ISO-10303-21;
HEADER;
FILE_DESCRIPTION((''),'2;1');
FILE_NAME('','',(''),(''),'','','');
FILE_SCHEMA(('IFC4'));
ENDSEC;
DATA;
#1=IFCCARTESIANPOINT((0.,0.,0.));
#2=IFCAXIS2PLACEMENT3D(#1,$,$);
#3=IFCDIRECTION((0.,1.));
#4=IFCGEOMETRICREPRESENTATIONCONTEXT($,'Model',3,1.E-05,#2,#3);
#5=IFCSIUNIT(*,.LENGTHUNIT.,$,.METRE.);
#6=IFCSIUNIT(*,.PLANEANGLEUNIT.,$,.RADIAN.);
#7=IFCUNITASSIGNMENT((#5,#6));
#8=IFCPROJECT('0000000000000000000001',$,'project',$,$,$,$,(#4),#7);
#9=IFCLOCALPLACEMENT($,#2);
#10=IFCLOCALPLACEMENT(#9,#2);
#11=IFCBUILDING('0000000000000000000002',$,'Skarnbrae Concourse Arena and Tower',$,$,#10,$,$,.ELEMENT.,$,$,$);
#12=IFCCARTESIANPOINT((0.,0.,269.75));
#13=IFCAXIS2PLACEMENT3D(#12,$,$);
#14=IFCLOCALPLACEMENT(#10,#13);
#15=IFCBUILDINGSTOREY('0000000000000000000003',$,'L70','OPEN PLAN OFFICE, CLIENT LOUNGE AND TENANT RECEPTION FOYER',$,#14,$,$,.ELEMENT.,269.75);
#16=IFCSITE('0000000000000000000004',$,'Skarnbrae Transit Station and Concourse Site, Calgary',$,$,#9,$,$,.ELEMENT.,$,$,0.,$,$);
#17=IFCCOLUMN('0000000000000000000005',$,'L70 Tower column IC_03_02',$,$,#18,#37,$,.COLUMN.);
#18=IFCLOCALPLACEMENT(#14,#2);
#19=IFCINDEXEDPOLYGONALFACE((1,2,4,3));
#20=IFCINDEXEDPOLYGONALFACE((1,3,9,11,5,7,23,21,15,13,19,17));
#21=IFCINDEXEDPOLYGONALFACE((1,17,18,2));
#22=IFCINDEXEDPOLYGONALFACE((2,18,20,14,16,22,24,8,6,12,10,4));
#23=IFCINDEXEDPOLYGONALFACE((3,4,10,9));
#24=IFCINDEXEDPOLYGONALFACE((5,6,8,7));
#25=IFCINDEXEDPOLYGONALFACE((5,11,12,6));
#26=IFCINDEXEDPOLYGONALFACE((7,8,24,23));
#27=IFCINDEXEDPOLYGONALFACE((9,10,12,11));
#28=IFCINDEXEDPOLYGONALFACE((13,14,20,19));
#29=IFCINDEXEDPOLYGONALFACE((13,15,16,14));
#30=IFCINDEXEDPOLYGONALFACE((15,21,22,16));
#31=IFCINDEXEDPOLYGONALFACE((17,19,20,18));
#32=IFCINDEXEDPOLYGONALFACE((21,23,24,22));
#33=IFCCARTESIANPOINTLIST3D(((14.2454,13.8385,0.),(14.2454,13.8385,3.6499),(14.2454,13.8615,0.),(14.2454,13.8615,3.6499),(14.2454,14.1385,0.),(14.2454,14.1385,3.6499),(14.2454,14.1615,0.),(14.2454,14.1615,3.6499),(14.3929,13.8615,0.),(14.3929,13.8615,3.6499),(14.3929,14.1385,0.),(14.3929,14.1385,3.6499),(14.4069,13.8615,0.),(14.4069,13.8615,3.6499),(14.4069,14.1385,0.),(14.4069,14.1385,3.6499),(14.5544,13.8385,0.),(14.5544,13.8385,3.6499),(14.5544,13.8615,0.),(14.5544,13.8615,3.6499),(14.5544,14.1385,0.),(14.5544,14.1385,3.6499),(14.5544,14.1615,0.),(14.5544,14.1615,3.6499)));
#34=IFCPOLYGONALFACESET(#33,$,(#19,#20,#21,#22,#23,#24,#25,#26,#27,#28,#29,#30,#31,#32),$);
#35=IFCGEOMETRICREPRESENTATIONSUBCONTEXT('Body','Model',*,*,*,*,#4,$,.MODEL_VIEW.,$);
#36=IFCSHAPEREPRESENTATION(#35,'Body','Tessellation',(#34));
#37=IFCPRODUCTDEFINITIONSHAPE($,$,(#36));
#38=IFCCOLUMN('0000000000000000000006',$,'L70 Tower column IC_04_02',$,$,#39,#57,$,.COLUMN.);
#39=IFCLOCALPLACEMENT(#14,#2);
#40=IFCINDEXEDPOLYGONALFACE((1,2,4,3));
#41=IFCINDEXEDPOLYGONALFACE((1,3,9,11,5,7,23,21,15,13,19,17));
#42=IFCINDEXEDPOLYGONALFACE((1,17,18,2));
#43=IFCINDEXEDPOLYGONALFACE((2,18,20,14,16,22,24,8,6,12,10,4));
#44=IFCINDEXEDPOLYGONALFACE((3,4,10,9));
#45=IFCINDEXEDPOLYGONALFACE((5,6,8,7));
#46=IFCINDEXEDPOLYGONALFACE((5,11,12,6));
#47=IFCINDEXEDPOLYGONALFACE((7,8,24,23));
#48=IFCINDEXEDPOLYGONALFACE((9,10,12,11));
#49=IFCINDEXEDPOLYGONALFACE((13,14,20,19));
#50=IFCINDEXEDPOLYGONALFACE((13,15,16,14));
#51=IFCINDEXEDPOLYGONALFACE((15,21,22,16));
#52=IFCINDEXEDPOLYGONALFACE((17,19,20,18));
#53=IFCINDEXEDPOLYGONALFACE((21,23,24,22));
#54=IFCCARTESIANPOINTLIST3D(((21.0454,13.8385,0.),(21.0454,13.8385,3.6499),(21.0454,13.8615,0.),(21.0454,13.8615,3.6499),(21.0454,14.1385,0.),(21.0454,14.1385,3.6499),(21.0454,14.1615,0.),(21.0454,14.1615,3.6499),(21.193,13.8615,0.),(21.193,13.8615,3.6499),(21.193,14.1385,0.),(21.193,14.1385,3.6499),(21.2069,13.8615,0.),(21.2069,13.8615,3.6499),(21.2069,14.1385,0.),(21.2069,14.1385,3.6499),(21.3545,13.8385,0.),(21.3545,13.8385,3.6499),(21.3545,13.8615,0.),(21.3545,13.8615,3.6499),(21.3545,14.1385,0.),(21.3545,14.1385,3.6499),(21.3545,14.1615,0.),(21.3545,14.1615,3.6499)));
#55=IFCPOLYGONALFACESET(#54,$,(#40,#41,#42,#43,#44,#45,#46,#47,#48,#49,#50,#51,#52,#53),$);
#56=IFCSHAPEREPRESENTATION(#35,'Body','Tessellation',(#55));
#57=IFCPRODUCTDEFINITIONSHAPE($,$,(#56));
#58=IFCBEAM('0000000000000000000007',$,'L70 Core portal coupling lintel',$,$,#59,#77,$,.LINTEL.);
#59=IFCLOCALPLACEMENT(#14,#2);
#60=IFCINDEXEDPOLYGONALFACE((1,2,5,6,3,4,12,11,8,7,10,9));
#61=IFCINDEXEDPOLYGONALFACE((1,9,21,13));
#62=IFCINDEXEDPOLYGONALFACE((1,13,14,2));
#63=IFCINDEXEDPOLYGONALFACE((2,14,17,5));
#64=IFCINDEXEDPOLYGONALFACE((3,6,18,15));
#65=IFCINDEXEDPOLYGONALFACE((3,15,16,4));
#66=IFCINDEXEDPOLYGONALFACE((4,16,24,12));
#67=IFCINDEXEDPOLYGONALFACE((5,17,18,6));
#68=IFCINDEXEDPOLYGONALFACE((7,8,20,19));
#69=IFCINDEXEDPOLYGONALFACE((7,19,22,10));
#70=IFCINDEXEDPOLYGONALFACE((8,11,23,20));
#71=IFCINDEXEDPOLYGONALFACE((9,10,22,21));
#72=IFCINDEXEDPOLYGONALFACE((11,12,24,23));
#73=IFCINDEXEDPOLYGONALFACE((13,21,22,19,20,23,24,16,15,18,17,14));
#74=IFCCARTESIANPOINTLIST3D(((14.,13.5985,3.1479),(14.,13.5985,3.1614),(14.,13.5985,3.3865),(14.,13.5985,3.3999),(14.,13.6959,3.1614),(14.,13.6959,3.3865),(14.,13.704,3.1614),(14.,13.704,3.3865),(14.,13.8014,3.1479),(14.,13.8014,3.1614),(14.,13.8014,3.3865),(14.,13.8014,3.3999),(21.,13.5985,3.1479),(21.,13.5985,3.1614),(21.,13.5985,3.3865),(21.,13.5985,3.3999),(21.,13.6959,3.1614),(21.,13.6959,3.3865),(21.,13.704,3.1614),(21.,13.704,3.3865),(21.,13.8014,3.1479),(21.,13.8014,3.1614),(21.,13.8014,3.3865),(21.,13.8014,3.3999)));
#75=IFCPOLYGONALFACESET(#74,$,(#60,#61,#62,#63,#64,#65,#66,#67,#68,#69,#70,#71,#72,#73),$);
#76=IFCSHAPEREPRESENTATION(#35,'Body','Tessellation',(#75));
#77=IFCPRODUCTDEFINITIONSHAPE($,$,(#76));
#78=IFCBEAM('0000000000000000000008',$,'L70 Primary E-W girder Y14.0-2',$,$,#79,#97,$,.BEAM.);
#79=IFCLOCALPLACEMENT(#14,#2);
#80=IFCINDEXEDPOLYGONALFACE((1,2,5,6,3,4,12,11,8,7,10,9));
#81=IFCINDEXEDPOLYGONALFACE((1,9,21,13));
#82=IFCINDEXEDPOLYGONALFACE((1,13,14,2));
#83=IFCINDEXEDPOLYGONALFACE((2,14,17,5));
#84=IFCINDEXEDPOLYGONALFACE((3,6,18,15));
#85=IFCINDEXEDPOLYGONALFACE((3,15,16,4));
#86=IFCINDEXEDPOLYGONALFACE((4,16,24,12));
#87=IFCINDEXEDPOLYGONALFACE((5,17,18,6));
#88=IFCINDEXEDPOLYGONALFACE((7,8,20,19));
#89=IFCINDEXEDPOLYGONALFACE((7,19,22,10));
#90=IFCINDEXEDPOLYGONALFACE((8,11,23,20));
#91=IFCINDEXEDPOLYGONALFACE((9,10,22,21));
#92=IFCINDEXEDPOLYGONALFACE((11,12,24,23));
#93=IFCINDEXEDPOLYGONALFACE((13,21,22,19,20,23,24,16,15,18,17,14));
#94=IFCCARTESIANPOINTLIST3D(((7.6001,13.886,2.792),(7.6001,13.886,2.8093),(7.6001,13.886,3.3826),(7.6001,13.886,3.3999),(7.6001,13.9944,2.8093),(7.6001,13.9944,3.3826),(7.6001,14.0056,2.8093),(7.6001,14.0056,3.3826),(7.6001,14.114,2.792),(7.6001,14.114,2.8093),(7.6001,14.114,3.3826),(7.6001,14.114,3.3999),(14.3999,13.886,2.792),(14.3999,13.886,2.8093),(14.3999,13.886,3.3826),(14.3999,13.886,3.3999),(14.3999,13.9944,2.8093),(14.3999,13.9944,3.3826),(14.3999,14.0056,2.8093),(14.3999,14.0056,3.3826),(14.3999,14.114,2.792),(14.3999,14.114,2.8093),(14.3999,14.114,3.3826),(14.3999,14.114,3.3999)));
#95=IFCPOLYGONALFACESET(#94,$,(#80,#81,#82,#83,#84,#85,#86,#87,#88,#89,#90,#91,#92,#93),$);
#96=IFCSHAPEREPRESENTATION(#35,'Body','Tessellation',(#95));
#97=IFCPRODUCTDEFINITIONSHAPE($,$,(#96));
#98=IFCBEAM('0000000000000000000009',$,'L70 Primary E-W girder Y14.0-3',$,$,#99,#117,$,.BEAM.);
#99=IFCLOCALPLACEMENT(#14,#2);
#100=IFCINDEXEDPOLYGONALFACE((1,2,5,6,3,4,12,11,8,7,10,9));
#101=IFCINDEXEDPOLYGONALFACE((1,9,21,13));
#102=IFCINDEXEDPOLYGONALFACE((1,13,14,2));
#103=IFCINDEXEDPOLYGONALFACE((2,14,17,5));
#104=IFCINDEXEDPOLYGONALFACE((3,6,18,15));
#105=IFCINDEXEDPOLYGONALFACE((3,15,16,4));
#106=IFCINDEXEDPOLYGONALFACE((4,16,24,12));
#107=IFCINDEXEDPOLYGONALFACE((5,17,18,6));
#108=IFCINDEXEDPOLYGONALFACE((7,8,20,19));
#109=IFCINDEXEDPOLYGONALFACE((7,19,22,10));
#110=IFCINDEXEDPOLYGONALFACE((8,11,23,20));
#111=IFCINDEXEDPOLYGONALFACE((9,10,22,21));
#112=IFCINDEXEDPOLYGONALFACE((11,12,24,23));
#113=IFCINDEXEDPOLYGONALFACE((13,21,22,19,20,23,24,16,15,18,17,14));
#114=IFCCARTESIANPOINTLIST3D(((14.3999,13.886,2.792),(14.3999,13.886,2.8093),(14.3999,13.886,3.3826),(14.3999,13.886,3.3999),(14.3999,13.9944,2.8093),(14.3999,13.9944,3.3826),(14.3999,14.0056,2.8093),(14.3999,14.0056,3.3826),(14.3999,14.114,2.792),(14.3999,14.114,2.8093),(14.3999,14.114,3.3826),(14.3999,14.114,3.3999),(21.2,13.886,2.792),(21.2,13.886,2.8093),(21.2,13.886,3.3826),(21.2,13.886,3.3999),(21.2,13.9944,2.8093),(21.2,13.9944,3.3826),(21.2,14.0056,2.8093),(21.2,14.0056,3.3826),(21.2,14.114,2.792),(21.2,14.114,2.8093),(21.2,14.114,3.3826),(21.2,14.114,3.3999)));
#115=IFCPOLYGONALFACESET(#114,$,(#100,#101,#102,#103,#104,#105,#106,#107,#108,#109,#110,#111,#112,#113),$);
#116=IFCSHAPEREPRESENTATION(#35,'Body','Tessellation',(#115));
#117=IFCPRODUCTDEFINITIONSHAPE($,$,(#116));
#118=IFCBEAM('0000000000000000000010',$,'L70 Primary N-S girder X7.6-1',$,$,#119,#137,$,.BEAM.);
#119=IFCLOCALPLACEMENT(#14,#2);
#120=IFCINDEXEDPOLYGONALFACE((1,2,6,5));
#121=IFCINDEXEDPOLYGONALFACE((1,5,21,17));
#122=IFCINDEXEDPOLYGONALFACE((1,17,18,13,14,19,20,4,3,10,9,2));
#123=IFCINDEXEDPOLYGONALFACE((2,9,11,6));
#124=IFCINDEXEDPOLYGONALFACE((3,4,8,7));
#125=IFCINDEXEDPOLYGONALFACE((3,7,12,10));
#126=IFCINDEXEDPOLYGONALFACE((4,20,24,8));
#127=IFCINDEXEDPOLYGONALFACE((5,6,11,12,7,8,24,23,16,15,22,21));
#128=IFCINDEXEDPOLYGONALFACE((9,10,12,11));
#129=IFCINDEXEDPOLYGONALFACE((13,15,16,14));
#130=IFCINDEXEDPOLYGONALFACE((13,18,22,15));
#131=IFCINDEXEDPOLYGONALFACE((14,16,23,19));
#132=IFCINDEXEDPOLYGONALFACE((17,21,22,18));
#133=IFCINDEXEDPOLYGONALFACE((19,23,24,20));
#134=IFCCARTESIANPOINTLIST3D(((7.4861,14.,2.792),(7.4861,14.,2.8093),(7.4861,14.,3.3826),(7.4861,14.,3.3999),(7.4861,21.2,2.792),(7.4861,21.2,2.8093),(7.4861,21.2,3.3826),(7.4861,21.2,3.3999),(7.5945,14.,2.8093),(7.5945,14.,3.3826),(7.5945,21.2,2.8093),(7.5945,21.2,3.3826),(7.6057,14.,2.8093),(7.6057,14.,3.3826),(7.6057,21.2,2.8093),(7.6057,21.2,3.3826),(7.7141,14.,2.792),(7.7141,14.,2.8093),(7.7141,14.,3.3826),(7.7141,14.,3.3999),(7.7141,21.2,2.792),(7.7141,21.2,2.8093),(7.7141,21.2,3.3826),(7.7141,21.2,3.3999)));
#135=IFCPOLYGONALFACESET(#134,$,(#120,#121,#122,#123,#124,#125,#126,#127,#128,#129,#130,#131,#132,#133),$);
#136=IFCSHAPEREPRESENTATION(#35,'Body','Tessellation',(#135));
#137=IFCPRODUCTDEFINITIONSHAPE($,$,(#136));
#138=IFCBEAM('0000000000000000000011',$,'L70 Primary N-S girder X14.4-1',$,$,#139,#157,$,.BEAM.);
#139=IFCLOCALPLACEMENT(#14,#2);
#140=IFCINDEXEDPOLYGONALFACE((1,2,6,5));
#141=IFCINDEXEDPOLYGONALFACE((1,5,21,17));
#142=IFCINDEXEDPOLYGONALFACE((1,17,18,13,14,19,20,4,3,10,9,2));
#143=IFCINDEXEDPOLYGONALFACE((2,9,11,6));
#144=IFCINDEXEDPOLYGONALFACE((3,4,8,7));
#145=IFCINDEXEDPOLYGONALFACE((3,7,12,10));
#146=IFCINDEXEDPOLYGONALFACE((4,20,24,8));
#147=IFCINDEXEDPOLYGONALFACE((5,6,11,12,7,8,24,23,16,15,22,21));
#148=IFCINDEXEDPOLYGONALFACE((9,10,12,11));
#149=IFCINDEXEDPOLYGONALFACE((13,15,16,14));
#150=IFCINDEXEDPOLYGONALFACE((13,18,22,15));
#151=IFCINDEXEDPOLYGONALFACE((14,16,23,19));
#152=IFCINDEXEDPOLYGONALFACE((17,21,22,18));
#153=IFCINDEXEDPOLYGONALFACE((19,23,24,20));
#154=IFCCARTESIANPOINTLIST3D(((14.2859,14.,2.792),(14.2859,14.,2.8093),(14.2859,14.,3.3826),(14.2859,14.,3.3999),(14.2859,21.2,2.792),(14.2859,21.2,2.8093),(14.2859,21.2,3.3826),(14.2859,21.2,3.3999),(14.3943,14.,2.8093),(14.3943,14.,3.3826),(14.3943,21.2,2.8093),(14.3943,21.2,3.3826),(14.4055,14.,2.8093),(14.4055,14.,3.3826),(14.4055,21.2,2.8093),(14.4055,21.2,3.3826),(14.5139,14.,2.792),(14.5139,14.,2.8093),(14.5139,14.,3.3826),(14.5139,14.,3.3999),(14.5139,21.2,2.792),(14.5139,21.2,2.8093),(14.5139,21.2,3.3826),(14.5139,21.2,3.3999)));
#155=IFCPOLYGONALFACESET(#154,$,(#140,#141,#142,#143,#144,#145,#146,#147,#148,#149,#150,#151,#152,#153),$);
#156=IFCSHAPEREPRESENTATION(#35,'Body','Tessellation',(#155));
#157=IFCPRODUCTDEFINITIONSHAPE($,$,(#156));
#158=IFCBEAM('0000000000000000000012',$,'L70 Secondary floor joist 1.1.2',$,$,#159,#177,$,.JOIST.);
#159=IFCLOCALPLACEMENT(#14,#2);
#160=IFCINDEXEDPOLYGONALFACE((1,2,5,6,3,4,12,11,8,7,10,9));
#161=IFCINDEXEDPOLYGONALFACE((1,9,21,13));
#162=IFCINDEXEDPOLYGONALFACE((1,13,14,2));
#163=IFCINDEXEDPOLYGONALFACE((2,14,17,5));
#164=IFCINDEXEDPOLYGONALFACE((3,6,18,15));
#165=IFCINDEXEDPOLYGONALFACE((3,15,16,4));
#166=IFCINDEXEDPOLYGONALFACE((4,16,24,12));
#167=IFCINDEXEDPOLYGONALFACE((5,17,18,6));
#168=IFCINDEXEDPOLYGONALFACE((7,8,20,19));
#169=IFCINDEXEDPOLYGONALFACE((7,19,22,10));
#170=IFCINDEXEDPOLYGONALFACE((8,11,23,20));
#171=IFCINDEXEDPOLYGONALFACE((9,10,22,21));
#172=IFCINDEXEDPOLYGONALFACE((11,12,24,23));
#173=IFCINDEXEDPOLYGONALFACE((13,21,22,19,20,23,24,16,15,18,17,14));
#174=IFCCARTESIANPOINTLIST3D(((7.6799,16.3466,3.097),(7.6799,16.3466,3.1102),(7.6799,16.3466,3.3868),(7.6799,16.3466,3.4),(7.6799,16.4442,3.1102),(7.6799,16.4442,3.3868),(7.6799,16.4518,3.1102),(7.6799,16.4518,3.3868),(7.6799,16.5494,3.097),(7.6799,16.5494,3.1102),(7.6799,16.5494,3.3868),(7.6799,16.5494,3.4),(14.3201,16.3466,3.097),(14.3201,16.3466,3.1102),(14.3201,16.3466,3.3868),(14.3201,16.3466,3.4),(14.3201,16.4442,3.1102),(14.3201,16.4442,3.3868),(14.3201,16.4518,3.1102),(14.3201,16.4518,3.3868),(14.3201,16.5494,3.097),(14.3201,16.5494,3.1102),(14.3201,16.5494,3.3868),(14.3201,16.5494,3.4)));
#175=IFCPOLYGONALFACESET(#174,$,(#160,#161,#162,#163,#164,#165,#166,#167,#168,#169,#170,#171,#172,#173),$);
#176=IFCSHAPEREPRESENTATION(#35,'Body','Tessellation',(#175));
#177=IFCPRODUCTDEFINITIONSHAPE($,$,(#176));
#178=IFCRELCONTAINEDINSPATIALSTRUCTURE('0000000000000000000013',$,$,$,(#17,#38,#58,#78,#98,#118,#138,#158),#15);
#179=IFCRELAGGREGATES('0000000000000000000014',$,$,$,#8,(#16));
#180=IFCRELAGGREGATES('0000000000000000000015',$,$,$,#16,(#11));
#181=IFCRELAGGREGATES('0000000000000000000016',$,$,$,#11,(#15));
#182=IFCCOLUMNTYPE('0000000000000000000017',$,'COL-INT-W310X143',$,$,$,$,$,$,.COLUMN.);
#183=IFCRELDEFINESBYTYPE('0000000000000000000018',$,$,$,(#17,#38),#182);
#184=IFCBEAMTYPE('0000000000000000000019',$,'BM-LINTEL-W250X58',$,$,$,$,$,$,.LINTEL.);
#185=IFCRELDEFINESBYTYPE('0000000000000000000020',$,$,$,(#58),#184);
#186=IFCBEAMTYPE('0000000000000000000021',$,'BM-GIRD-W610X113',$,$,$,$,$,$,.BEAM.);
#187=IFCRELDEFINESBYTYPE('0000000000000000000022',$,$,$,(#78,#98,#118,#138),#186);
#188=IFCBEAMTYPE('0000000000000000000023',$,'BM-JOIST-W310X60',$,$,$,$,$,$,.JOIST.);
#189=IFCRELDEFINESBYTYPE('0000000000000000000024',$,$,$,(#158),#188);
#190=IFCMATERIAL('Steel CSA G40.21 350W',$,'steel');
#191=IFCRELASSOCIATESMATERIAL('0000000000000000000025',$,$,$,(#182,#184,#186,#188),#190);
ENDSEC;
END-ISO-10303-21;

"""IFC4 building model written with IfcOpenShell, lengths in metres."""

from ifc_helpers import new_model, si_unit, direction, frame, origin, origin_2d, place, context, subcontext, project, spatial, i_section, extrude, source, transform, mapped, material, material_profile, profile_set, type_object, element, save


model = new_model("IFC4")

# Units and contexts
model_context = context("Model", 3, precision=1e-05, world=origin(), true_north=direction((0.0, 1.0)))
body_context = subcontext(model_context, "Body", "Model", "MODEL_VIEW")
ifc_project = project(units=[si_unit("LENGTHUNIT", "METRE"), si_unit("PLANEANGLEUNIT", "RADIAN")], contexts=[model_context])

# Site, building, storey
site_placement = place(None, origin())
site = spatial("IfcSite", under=ifc_project, at=site_placement, Name="Skarnbrae Transit Station and Concourse Site, Calgary", CompositionType="ELEMENT", RefElevation=0.0)
building_placement = place(site_placement, origin())
building = spatial("IfcBuilding", under=site, at=building_placement, Name="Skarnbrae Concourse Arena and Tower", CompositionType="ELEMENT")
storey_placement = place(building_placement, frame((0.0, 0.0, 269.75)))
storey = spatial("IfcBuildingStorey", under=building, at=storey_placement, Name="L70", Description="OPEN PLAN OFFICE, CLIENT LOUNGE AND TENANT RECEPTION FOYER", CompositionType="ELEMENT", Elevation=269.75)

# Columns
ifc_material_1 = material(Name="Steel CSA G40.21 350W", Category="steel")
ifc_material_profile_1 = material_profile(ifc_material_1, i_section(OverallWidth=0.3091, OverallDepth=0.323, WebThickness=0.0139, FlangeThickness=0.0229, at=origin_2d()), Name="W310X143")
ifc_profile_set_1 = profile_set([ifc_material_profile_1], Name="Steel CSA G40.21 350W")
column_type = type_object("IfcColumnType", Name="COL-INT-W310X143", PredefinedType="COLUMN", material=ifc_profile_set_1)
shared_shape_1 = source(origin(), body_context, "Body", "SweptSolid", [
    extrude(i_section(OverallWidth=0.3091, OverallDepth=0.323, WebThickness=0.0139, FlangeThickness=0.0229, at=origin_2d()), origin(), (0.0, 0.0, 1.0), 3.6499),
])
for number, where, z_axis, x_axis, name in (
    (1, (14.3999, 14.0, 0.0), (0.0, 0.0, 1.0), (1.0, 0.0, 0.0), "L70 Tower column IC_03_02"),
    (2, (21.2, 14.0, 0.0), (0.0, 0.0, 1.0), (1.0, 0.0, 0.0), "L70 Tower column IC_04_02"),
):
    element("IfcColumn", number, at=place(storey_placement, frame(where, z_axis=z_axis, x_axis=x_axis)), inside=storey, type_object=column_type, Name=name, PredefinedType="COLUMN", context=body_context, shape_type="MappedRepresentation", body=[
        mapped(shared_shape_1, transform((0.0, 0.0, 0.0))),
    ])

# Beams
ifc_material_profile_2 = material_profile(ifc_material_1, i_section(OverallWidth=0.2029, OverallDepth=0.252, WebThickness=0.0081, FlangeThickness=0.0134, at=origin_2d()), Name="W250X58")
ifc_profile_set_2 = profile_set([ifc_material_profile_2], Name="Steel CSA G40.21 350W")
beam_type_1 = type_object("IfcBeamType", Name="BM-LINTEL-W250X58", PredefinedType="LINTEL", material=ifc_profile_set_2)
shared_shape_2 = source(origin(), body_context, "Body", "SweptSolid", [
    extrude(i_section(OverallWidth=0.2029, OverallDepth=0.252, WebThickness=0.0081, FlangeThickness=0.0134, at=origin_2d()), origin(), (0.0, 0.0, 1.0), 7.0),
])
beam_1_placement = place(storey_placement, frame((14.0, 13.7, 3.2739), z_axis=(1.0, 0.0, 0.0), x_axis=(0.0, 1.0, 0.0)))
element("IfcBeam", 3, at=beam_1_placement, inside=storey, type_object=beam_type_1, Name="L70 Core portal coupling lintel", PredefinedType="LINTEL", context=body_context, shape_type="MappedRepresentation", body=[
    mapped(shared_shape_2, transform((0.0, 0.0, 0.0))),
])
ifc_material_profile_3 = material_profile(ifc_material_1, i_section(OverallWidth=0.228, OverallDepth=0.6079, WebThickness=0.0112, FlangeThickness=0.0173, at=origin_2d()), Name="W610X113")
ifc_profile_set_3 = profile_set([ifc_material_profile_3], Name="Steel CSA G40.21 350W")
beam_type_2 = type_object("IfcBeamType", Name="BM-GIRD-W610X113", PredefinedType="BEAM", material=ifc_profile_set_3)
shared_shape_3 = source(origin(), body_context, "Body", "SweptSolid", [
    extrude(i_section(OverallWidth=0.228, OverallDepth=0.6079, WebThickness=0.0112, FlangeThickness=0.0173, at=origin_2d()), origin(), (0.0, 0.0, 1.0), 6.7998),
])
beam_2_placement = place(storey_placement, frame((7.6001, 14.0, 3.0959), z_axis=(1.0, 0.0, 0.0), x_axis=(0.0, 1.0, 0.0)))
element("IfcBeam", 4, at=beam_2_placement, inside=storey, type_object=beam_type_2, Name="L70 Primary E-W girder Y14.0-2", PredefinedType="BEAM", context=body_context, shape_type="MappedRepresentation", body=[
    mapped(shared_shape_3, transform((0.0, 0.0, 0.0))),
])
shared_shape_4 = source(origin(), body_context, "Body", "SweptSolid", [
    extrude(i_section(OverallWidth=0.228, OverallDepth=0.6079, WebThickness=0.0112, FlangeThickness=0.0173, at=origin_2d()), origin(), (0.0, 0.0, 1.0), 6.8),
])
beam_3_placement = place(storey_placement, frame((14.3999, 14.0, 3.0959), z_axis=(1.0, 0.0, 0.0), x_axis=(0.0, 1.0, 0.0)))
element("IfcBeam", 5, at=beam_3_placement, inside=storey, type_object=beam_type_2, Name="L70 Primary E-W girder Y14.0-3", PredefinedType="BEAM", context=body_context, shape_type="MappedRepresentation", body=[
    mapped(shared_shape_4, transform((0.0, 0.0, 0.0))),
])
shared_shape_5 = source(origin(), body_context, "Body", "SweptSolid", [
    extrude(i_section(OverallWidth=0.228, OverallDepth=0.6079, WebThickness=0.0112, FlangeThickness=0.0173, at=origin_2d()), origin(), (0.0, 0.0, 1.0), 7.2),
])
for number, where, z_axis, x_axis, name in (
    (6, (7.6001, 14.0, 3.0959), (0.0, 1.0, 0.0), (-1.0, 0.0, 0.0), "L70 Primary N-S girder X7.6-1"),
    (7, (14.3999, 14.0, 3.0959), (0.0, 1.0, 0.0), (-1.0, 0.0, 0.0), "L70 Primary N-S girder X14.4-1"),
):
    element("IfcBeam", number, at=place(storey_placement, frame(where, z_axis=z_axis, x_axis=x_axis)), inside=storey, type_object=beam_type_2, Name=name, PredefinedType="BEAM", context=body_context, shape_type="MappedRepresentation", body=[
        mapped(shared_shape_5, transform((0.0, 0.0, 0.0))),
    ])
ifc_material_profile_4 = material_profile(ifc_material_1, i_section(OverallWidth=0.2029, OverallDepth=0.303, WebThickness=0.0076, FlangeThickness=0.0132, at=origin_2d()), Name="W310X60")
ifc_profile_set_4 = profile_set([ifc_material_profile_4], Name="Steel CSA G40.21 350W")
beam_type_3 = type_object("IfcBeamType", Name="BM-JOIST-W310X60", PredefinedType="JOIST", material=ifc_profile_set_4)
shared_shape_6 = source(origin(), body_context, "Body", "SweptSolid", [
    extrude(i_section(OverallWidth=0.2029, OverallDepth=0.303, WebThickness=0.0076, FlangeThickness=0.0132, at=origin_2d()), origin(), (0.0, 0.0, 1.0), 6.6401),
])
for number, where, z_axis, x_axis, name in (
    (8, (7.6799, 16.448, 3.2485), (1.0, 0.0, 0.0), (0.0, 1.0, 0.0), "L70 Secondary floor joist 1.1.2"),
):
    element("IfcBeam", number, at=place(storey_placement, frame(where, z_axis=z_axis, x_axis=x_axis)), inside=storey, type_object=beam_type_3, Name=name, PredefinedType="JOIST", context=body_context, shape_type="MappedRepresentation", body=[
        mapped(shared_shape_6, transform((0.0, 0.0, 0.0))),
    ])

save(model, "model.ifc")
